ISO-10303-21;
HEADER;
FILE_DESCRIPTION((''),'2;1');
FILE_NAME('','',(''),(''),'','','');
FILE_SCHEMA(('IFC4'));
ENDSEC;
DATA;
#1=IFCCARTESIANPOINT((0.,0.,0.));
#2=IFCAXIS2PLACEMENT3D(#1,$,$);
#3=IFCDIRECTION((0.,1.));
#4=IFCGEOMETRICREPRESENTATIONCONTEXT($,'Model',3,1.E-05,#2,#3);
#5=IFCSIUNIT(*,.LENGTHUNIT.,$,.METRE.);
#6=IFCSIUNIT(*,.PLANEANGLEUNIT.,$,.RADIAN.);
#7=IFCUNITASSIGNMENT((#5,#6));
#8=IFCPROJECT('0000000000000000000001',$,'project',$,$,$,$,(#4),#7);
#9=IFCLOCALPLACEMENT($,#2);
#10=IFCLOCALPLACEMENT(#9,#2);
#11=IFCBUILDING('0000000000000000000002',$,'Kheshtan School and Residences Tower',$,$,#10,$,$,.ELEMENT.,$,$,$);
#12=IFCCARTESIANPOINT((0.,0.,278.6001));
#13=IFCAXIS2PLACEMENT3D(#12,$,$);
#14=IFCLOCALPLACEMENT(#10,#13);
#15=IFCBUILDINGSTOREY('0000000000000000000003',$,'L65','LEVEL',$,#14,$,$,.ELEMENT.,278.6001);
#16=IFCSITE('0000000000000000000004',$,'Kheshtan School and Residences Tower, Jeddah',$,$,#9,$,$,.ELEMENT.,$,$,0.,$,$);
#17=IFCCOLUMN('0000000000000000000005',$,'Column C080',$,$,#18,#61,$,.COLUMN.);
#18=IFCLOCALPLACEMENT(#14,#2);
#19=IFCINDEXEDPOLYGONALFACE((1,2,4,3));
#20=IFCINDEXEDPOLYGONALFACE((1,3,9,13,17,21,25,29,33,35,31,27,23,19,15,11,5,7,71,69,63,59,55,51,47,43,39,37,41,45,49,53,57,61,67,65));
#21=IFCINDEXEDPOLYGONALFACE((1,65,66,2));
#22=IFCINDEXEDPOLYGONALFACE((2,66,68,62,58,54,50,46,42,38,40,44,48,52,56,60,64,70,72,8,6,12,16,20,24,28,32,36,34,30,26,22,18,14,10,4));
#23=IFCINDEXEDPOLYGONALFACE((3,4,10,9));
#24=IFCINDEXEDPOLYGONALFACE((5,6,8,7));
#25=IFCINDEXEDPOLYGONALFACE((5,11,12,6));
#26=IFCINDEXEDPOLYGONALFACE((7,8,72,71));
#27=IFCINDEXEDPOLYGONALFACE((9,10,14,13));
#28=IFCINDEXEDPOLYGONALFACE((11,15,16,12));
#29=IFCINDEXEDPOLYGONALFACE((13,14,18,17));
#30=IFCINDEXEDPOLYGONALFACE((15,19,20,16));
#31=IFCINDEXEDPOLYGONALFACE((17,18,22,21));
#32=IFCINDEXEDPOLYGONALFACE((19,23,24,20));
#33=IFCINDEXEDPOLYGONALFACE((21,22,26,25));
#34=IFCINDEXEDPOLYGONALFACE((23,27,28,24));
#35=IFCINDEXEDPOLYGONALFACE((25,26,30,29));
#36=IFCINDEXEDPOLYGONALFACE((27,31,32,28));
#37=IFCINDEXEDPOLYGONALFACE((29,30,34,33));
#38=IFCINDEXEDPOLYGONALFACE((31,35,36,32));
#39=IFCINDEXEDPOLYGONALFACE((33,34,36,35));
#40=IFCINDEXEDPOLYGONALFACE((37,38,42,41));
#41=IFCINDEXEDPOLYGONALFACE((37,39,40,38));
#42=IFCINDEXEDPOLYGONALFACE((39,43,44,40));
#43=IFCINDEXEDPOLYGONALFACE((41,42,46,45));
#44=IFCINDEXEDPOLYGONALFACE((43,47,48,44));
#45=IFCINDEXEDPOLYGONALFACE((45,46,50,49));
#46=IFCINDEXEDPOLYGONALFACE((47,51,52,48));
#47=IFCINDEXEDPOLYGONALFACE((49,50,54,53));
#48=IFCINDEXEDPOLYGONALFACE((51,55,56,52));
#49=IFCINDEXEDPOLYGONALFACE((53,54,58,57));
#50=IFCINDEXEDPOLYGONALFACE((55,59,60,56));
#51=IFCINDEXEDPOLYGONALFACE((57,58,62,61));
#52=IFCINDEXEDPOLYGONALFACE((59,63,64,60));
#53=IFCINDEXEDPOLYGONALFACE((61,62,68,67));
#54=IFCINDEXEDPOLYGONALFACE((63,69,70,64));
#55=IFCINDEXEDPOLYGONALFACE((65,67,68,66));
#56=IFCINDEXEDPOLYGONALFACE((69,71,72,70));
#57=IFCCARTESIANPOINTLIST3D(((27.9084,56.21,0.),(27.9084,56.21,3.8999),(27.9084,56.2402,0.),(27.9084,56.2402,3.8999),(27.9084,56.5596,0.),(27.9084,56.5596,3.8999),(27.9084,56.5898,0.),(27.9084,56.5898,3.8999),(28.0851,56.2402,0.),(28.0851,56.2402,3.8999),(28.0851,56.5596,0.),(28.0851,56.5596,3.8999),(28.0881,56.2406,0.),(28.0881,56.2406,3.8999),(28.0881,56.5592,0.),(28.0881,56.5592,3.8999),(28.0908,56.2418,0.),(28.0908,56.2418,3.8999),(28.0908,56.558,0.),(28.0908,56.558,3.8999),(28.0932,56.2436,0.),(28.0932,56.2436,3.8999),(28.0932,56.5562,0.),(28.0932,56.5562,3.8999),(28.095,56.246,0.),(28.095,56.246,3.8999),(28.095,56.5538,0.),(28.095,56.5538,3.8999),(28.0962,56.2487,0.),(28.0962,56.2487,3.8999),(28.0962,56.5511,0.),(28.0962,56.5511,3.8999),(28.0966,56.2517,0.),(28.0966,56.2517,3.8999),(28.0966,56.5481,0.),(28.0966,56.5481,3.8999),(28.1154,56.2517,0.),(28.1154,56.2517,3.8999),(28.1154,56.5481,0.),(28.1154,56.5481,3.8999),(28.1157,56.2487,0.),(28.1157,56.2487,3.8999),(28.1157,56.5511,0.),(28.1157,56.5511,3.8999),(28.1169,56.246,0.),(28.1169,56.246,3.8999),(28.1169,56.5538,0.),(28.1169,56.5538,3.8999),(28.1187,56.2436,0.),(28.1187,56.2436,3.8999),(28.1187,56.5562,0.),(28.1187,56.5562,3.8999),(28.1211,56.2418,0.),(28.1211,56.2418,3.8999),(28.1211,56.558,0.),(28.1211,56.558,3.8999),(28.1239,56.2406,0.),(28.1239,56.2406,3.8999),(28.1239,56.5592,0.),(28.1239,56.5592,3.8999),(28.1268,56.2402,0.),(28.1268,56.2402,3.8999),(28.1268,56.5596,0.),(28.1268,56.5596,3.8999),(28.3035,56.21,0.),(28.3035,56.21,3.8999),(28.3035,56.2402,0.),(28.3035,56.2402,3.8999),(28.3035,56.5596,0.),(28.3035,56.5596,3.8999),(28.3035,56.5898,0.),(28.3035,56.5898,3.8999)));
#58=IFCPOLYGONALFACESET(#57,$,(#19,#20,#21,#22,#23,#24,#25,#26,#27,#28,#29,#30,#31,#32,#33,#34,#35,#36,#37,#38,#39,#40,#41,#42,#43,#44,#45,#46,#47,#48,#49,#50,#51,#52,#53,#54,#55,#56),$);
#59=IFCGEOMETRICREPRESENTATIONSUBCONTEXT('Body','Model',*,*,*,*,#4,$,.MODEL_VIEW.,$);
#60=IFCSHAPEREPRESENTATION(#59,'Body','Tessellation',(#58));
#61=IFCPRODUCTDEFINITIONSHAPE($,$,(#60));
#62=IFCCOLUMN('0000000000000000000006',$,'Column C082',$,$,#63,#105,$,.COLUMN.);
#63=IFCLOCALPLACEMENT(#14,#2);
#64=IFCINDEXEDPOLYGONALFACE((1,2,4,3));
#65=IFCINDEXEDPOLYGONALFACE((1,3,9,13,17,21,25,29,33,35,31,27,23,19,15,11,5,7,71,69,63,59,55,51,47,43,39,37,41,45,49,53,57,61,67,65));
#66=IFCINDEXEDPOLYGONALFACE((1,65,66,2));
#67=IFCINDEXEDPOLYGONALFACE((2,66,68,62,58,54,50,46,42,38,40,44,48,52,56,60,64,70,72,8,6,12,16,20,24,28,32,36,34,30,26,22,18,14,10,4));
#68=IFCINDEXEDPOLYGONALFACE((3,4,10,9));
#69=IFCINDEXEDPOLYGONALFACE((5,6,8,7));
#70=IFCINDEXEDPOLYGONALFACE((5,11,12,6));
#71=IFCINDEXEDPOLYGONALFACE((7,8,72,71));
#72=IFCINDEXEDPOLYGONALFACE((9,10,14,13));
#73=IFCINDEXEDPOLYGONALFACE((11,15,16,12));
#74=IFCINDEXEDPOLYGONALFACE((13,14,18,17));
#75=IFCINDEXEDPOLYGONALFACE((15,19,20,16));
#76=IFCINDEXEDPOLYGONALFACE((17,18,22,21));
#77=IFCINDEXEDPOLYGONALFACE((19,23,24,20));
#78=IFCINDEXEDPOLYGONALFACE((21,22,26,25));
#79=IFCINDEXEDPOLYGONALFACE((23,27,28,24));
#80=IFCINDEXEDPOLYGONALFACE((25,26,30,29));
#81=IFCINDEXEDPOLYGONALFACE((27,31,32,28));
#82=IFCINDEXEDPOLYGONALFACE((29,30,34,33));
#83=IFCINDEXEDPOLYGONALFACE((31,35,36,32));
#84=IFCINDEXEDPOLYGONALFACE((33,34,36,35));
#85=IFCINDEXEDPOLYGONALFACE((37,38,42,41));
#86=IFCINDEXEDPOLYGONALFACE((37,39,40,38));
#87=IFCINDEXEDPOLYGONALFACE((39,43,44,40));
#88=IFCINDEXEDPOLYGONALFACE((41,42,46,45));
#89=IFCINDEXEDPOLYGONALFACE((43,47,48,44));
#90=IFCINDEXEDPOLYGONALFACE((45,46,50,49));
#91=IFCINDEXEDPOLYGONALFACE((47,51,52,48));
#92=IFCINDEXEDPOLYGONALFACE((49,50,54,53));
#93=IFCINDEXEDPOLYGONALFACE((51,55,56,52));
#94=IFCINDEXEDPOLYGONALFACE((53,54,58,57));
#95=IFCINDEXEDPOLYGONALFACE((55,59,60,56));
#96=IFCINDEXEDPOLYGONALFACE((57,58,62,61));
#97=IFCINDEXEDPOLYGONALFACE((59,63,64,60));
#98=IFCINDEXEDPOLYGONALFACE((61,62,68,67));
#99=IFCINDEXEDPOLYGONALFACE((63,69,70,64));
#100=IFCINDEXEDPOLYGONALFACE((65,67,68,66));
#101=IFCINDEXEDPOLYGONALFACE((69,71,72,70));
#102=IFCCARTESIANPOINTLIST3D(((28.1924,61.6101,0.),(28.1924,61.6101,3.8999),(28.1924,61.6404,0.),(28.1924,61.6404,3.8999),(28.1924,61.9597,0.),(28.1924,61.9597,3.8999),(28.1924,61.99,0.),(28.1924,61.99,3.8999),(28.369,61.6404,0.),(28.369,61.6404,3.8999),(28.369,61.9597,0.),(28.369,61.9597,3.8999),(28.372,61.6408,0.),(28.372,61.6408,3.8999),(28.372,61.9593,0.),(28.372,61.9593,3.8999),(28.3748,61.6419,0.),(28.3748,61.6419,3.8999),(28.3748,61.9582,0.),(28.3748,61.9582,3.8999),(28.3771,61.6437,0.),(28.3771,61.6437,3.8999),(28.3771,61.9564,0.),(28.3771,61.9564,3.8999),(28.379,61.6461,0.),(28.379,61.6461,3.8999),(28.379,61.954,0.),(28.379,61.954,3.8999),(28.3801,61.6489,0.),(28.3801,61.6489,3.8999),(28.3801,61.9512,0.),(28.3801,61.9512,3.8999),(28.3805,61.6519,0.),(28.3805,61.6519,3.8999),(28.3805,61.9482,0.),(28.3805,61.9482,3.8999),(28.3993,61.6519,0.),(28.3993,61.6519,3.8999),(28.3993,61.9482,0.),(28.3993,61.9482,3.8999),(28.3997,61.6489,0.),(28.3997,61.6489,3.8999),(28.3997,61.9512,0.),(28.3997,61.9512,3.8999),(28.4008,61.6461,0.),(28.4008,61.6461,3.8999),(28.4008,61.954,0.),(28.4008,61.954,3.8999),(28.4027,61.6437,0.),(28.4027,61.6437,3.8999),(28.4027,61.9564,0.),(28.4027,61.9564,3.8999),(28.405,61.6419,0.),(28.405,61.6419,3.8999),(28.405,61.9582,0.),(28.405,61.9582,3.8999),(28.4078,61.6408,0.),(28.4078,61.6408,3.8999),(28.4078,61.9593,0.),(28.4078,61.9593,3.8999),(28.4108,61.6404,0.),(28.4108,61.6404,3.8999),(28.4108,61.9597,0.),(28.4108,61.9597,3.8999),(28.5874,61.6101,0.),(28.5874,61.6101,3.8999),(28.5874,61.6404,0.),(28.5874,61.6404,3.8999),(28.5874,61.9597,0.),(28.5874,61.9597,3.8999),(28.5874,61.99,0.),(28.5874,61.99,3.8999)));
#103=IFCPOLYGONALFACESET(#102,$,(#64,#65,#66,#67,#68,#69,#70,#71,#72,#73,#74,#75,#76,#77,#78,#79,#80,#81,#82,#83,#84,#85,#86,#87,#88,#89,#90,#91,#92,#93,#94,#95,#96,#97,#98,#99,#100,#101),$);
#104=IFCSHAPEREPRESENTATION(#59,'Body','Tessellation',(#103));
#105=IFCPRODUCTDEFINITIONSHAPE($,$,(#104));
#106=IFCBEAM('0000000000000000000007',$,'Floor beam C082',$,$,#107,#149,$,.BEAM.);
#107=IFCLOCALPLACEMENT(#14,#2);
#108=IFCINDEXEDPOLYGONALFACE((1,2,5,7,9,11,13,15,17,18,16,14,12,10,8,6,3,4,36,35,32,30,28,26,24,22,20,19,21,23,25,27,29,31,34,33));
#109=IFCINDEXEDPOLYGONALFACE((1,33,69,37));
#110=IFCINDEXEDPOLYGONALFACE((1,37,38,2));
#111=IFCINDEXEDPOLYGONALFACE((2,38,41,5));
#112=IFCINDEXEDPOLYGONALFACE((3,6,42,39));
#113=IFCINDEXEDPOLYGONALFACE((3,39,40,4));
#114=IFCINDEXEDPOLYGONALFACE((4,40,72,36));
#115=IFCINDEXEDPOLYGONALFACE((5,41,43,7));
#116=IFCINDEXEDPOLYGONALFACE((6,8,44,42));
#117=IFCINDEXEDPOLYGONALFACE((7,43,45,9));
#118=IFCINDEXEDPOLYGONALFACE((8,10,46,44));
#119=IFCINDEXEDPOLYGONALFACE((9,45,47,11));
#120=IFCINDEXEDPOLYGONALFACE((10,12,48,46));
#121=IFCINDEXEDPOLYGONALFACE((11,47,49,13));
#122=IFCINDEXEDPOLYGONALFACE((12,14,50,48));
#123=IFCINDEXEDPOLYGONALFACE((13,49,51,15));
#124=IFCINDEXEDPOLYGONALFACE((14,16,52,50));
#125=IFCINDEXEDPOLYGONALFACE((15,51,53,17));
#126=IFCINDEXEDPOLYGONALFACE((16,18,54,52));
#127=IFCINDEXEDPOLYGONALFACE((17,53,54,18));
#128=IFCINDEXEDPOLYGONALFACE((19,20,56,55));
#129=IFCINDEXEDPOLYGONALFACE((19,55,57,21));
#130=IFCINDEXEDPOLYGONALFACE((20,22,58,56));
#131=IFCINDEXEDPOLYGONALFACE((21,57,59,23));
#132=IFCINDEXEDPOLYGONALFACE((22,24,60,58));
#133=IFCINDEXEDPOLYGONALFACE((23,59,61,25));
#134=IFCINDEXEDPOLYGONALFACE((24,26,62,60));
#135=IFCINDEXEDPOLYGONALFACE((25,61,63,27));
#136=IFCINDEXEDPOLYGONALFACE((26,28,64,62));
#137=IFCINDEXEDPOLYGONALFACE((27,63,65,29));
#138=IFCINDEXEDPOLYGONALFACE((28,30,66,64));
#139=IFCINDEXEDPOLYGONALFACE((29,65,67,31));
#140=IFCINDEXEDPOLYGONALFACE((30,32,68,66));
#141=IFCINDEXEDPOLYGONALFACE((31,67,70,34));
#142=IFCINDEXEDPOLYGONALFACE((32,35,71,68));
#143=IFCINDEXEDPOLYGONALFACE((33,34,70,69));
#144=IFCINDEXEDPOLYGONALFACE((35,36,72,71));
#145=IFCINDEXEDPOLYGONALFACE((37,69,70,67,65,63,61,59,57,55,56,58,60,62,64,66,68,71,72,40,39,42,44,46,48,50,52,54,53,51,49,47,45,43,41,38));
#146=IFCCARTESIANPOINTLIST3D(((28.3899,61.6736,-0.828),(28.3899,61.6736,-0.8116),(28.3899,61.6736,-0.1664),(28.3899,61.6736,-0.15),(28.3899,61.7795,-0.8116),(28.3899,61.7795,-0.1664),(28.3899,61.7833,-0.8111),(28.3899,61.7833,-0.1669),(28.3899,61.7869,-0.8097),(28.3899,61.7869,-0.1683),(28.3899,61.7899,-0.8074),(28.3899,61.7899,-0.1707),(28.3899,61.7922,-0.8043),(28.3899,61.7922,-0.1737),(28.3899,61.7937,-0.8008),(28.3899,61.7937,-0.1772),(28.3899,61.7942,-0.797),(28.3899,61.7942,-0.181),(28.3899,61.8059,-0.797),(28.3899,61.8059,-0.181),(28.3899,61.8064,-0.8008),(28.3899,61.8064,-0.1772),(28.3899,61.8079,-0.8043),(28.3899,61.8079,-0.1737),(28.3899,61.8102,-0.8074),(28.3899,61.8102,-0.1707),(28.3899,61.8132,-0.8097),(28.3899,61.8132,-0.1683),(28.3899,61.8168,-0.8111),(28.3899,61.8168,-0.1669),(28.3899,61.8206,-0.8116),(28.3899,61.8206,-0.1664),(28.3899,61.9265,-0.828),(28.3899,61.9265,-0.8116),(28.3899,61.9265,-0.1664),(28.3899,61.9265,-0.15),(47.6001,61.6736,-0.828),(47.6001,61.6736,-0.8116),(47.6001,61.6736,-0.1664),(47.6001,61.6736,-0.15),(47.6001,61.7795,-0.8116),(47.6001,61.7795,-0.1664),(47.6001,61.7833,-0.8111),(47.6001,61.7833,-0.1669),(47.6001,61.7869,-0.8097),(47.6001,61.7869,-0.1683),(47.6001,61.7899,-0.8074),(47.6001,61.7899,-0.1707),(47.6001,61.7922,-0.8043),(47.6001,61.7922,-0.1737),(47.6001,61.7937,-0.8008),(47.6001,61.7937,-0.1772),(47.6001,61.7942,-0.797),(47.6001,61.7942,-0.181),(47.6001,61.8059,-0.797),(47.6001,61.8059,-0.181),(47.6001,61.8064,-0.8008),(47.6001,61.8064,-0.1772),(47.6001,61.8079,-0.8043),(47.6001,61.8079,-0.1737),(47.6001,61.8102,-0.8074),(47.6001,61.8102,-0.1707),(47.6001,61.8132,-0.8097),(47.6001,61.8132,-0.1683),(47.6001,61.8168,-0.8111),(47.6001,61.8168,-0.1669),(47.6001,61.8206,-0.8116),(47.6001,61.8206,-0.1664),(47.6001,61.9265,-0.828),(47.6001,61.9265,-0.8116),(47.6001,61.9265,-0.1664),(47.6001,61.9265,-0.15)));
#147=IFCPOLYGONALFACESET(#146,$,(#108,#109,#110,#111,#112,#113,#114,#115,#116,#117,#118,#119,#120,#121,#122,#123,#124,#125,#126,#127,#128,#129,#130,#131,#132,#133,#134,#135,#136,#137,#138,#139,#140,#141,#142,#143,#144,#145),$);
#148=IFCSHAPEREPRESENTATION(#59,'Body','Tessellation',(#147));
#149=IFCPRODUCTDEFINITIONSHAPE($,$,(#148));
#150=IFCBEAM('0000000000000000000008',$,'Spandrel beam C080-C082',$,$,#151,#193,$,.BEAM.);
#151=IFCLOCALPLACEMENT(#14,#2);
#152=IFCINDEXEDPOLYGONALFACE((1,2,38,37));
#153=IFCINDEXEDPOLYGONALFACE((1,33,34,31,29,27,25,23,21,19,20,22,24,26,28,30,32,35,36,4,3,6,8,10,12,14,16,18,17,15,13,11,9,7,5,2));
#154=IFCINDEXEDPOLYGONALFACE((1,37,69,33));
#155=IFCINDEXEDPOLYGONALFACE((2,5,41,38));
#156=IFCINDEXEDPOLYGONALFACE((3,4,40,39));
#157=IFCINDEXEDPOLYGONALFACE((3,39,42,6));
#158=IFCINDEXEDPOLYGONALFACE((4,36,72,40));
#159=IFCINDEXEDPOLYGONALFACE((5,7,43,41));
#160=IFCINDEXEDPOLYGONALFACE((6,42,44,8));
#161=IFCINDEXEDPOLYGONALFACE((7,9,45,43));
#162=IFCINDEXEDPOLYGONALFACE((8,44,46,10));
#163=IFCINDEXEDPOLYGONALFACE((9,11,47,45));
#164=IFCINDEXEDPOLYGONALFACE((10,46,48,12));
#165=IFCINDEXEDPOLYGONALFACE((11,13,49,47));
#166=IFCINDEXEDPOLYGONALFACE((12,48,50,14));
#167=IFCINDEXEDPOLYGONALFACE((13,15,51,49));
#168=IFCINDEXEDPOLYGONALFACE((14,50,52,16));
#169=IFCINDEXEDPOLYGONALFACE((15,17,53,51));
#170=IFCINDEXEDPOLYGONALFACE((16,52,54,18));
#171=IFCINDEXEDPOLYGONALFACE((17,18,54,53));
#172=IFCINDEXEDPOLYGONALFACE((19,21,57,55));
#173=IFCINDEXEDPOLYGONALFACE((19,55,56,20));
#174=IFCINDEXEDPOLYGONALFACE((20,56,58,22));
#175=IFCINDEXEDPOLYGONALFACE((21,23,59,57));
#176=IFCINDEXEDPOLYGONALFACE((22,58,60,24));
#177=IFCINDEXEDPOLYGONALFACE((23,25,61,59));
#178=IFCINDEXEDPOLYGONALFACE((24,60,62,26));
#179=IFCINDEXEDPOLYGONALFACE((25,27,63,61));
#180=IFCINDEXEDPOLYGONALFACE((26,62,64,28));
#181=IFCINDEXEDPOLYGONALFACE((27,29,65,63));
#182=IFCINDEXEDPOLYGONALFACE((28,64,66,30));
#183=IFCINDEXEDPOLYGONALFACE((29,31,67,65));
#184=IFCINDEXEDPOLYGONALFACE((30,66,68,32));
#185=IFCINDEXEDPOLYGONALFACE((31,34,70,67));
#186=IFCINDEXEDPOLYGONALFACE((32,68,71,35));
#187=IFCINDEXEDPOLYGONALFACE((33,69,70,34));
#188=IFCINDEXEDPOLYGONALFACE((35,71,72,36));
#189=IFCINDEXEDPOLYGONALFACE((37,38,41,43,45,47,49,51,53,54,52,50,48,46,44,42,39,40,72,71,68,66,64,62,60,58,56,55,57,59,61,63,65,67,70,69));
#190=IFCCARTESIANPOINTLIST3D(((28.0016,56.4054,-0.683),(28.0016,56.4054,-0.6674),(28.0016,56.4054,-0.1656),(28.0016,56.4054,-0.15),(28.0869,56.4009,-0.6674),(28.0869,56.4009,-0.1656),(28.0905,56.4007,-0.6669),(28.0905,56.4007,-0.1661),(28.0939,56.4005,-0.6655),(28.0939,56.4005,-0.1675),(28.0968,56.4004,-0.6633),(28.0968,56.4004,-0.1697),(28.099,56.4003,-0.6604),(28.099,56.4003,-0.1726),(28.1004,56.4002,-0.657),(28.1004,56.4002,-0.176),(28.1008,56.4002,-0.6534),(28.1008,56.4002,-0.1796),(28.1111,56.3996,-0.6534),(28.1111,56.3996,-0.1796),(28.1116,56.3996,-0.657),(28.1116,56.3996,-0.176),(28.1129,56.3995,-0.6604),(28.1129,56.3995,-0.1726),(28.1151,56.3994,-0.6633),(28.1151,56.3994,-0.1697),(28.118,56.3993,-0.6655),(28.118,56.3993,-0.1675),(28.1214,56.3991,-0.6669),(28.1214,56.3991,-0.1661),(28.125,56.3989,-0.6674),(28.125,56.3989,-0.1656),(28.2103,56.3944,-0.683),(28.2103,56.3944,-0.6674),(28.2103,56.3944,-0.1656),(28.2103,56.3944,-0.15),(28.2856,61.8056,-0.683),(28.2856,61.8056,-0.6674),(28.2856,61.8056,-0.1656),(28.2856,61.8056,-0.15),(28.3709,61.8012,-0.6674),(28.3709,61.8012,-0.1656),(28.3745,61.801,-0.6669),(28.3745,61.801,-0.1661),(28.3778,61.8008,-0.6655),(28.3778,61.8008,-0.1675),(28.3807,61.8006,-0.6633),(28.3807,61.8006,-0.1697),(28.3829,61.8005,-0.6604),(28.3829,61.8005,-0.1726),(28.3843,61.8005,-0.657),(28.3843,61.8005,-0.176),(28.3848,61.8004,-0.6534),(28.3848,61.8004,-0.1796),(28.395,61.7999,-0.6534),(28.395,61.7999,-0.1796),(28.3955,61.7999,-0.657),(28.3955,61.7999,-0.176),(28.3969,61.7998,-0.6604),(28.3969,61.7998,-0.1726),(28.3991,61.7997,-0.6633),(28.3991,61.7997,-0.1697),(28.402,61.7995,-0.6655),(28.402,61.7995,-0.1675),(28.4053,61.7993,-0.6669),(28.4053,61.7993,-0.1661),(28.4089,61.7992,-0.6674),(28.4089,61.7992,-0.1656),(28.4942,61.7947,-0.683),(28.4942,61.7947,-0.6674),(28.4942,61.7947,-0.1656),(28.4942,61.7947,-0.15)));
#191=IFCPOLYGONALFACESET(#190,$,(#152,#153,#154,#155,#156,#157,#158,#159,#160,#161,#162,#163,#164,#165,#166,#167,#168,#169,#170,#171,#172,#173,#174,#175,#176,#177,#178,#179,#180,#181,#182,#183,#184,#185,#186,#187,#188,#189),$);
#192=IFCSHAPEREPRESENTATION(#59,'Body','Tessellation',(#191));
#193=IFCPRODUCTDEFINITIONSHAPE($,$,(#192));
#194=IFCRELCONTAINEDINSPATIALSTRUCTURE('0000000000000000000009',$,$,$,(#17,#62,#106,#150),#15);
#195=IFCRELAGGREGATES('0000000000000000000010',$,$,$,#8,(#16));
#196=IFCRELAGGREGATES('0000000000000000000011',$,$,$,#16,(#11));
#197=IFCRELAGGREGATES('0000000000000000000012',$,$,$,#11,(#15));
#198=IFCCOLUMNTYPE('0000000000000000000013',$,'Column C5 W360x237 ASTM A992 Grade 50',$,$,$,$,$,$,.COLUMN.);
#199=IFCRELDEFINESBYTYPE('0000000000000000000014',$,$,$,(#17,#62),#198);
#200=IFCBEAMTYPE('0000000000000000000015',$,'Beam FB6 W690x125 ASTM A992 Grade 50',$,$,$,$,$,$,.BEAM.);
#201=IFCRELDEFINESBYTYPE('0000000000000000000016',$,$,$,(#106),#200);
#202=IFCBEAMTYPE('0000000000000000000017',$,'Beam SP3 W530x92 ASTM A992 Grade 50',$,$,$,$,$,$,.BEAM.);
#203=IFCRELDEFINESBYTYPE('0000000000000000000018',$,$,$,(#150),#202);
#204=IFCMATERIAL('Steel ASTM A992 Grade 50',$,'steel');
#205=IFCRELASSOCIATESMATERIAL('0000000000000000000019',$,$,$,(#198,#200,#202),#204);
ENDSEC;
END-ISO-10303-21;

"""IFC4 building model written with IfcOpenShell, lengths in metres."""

from ifc_helpers import new_model, si_unit, direction, frame, origin, origin_2d, place, context, subcontext, project, spatial, i_section, extrude, material, material_profile, profile_set, type_object, element, save


model = new_model("IFC4")

# Units and contexts
model_context = context("Model", 3, precision=1e-05, world=origin(), true_north=direction((0.0, 1.0)))
body_context = subcontext(model_context, "Body", "Model", "MODEL_VIEW")
ifc_project = project(units=[si_unit("LENGTHUNIT", "METRE"), si_unit("PLANEANGLEUNIT", "RADIAN")], contexts=[model_context])

# Site, building, storey
site_placement = place(None, origin())
site = spatial("IfcSite", under=ifc_project, at=site_placement, Name="Kheshtan School and Residences Tower, Jeddah", CompositionType="ELEMENT", RefElevation=0.0)
building_placement = place(site_placement, origin())
building = spatial("IfcBuilding", under=site, at=building_placement, Name="Kheshtan School and Residences Tower", CompositionType="ELEMENT")
storey_placement = place(building_placement, frame((0.0, 0.0, 278.6001)))
storey = spatial("IfcBuildingStorey", under=building, at=storey_placement, Name="L65", Description="LEVEL", CompositionType="ELEMENT", Elevation=278.6001)

# Columns
ifc_material_1 = material(Name="Steel ASTM A992 Grade 50", Category="steel")
ifc_material_profile_1 = material_profile(ifc_material_1, i_section(OverallWidth=0.395, OverallDepth=0.3799, WebThickness=0.0188, FlangeThickness=0.0303, FilletRadius=0.0115, at=origin_2d()), Name="W360x237")
ifc_profile_set_1 = profile_set([ifc_material_profile_1], Name="Steel ASTM A992 Grade 50")
column_type = type_object("IfcColumnType", Name="Column C5 W360x237 ASTM A992 Grade 50", PredefinedType="COLUMN", material=ifc_profile_set_1)
for number, where, z_axis, x_axis, name in (
    (1, (28.106, 56.3999, 0.0), (0.0, 0.0, 1.0), (1.0, 0.0, 0.0), "Column C080"),
    (2, (28.3899, 61.8, 0.0), (0.0, 0.0, 1.0), (1.0, 0.0, 0.0), "Column C082"),
):
    element("IfcColumn", number, at=place(storey_placement, frame(where, z_axis=z_axis, x_axis=x_axis)), inside=storey, type_object=column_type, Name=name, PredefinedType="COLUMN", context=body_context, shape_type="SweptSolid", body=[
        extrude(i_section(OverallWidth=0.395, OverallDepth=0.3799, WebThickness=0.0188, FlangeThickness=0.0303, FilletRadius=0.0115, at=origin_2d()), origin(), (0.0, 0.0, 1.0), 3.8999),
    ])

# Beams
ifc_material_profile_2 = material_profile(ifc_material_1, i_section(OverallWidth=0.2529, OverallDepth=0.678, WebThickness=0.0117, FlangeThickness=0.0164, FilletRadius=0.0146, at=origin_2d()), Name="W690x125")
ifc_profile_set_2 = profile_set([ifc_material_profile_2], Name="Steel ASTM A992 Grade 50")
beam_type_1 = type_object("IfcBeamType", Name="Beam FB6 W690x125 ASTM A992 Grade 50", PredefinedType="BEAM", material=ifc_profile_set_2)
beam_1_placement = place(storey_placement, frame((28.3899, 61.8, -0.489), z_axis=(1.0, 0.0, 0.0), x_axis=(0.0, 1.0, 0.0)))
element("IfcBeam", 3, at=beam_1_placement, inside=storey, type_object=beam_type_1, Name="Floor beam C082", PredefinedType="BEAM", context=body_context, shape_type="SweptSolid", body=[
    extrude(i_section(OverallWidth=0.2529, OverallDepth=0.678, WebThickness=0.0117, FlangeThickness=0.0164, FilletRadius=0.0146, at=origin_2d()), origin(), (0.0, 0.0, 1.0), 19.2102),
])
ifc_material_profile_3 = material_profile(ifc_material_1, i_section(OverallWidth=0.209, OverallDepth=0.533, WebThickness=0.0103, FlangeThickness=0.0156, FilletRadius=0.0139, at=origin_2d()), Name="W530x92")
ifc_profile_set_3 = profile_set([ifc_material_profile_3], Name="Steel ASTM A992 Grade 50")
beam_type_2 = type_object("IfcBeamType", Name="Beam SP3 W530x92 ASTM A992 Grade 50", PredefinedType="BEAM", material=ifc_profile_set_3)
beam_2_placement = place(storey_placement, frame((28.106, 56.3999, -0.4165), z_axis=(0.052507, 0.998621, 0.0), x_axis=(-0.998621, 0.052507, 0.0)))
element("IfcBeam", 4, at=beam_2_placement, inside=storey, type_object=beam_type_2, Name="Spandrel beam C080-C082", PredefinedType="BEAM", context=body_context, shape_type="SweptSolid", body=[
    extrude(i_section(OverallWidth=0.209, OverallDepth=0.533, WebThickness=0.0103, FlangeThickness=0.0156, FilletRadius=0.0139, at=origin_2d()), origin(), (0.0, 0.0, 1.0), 5.4077),
])

save(model, "model.ifc")
